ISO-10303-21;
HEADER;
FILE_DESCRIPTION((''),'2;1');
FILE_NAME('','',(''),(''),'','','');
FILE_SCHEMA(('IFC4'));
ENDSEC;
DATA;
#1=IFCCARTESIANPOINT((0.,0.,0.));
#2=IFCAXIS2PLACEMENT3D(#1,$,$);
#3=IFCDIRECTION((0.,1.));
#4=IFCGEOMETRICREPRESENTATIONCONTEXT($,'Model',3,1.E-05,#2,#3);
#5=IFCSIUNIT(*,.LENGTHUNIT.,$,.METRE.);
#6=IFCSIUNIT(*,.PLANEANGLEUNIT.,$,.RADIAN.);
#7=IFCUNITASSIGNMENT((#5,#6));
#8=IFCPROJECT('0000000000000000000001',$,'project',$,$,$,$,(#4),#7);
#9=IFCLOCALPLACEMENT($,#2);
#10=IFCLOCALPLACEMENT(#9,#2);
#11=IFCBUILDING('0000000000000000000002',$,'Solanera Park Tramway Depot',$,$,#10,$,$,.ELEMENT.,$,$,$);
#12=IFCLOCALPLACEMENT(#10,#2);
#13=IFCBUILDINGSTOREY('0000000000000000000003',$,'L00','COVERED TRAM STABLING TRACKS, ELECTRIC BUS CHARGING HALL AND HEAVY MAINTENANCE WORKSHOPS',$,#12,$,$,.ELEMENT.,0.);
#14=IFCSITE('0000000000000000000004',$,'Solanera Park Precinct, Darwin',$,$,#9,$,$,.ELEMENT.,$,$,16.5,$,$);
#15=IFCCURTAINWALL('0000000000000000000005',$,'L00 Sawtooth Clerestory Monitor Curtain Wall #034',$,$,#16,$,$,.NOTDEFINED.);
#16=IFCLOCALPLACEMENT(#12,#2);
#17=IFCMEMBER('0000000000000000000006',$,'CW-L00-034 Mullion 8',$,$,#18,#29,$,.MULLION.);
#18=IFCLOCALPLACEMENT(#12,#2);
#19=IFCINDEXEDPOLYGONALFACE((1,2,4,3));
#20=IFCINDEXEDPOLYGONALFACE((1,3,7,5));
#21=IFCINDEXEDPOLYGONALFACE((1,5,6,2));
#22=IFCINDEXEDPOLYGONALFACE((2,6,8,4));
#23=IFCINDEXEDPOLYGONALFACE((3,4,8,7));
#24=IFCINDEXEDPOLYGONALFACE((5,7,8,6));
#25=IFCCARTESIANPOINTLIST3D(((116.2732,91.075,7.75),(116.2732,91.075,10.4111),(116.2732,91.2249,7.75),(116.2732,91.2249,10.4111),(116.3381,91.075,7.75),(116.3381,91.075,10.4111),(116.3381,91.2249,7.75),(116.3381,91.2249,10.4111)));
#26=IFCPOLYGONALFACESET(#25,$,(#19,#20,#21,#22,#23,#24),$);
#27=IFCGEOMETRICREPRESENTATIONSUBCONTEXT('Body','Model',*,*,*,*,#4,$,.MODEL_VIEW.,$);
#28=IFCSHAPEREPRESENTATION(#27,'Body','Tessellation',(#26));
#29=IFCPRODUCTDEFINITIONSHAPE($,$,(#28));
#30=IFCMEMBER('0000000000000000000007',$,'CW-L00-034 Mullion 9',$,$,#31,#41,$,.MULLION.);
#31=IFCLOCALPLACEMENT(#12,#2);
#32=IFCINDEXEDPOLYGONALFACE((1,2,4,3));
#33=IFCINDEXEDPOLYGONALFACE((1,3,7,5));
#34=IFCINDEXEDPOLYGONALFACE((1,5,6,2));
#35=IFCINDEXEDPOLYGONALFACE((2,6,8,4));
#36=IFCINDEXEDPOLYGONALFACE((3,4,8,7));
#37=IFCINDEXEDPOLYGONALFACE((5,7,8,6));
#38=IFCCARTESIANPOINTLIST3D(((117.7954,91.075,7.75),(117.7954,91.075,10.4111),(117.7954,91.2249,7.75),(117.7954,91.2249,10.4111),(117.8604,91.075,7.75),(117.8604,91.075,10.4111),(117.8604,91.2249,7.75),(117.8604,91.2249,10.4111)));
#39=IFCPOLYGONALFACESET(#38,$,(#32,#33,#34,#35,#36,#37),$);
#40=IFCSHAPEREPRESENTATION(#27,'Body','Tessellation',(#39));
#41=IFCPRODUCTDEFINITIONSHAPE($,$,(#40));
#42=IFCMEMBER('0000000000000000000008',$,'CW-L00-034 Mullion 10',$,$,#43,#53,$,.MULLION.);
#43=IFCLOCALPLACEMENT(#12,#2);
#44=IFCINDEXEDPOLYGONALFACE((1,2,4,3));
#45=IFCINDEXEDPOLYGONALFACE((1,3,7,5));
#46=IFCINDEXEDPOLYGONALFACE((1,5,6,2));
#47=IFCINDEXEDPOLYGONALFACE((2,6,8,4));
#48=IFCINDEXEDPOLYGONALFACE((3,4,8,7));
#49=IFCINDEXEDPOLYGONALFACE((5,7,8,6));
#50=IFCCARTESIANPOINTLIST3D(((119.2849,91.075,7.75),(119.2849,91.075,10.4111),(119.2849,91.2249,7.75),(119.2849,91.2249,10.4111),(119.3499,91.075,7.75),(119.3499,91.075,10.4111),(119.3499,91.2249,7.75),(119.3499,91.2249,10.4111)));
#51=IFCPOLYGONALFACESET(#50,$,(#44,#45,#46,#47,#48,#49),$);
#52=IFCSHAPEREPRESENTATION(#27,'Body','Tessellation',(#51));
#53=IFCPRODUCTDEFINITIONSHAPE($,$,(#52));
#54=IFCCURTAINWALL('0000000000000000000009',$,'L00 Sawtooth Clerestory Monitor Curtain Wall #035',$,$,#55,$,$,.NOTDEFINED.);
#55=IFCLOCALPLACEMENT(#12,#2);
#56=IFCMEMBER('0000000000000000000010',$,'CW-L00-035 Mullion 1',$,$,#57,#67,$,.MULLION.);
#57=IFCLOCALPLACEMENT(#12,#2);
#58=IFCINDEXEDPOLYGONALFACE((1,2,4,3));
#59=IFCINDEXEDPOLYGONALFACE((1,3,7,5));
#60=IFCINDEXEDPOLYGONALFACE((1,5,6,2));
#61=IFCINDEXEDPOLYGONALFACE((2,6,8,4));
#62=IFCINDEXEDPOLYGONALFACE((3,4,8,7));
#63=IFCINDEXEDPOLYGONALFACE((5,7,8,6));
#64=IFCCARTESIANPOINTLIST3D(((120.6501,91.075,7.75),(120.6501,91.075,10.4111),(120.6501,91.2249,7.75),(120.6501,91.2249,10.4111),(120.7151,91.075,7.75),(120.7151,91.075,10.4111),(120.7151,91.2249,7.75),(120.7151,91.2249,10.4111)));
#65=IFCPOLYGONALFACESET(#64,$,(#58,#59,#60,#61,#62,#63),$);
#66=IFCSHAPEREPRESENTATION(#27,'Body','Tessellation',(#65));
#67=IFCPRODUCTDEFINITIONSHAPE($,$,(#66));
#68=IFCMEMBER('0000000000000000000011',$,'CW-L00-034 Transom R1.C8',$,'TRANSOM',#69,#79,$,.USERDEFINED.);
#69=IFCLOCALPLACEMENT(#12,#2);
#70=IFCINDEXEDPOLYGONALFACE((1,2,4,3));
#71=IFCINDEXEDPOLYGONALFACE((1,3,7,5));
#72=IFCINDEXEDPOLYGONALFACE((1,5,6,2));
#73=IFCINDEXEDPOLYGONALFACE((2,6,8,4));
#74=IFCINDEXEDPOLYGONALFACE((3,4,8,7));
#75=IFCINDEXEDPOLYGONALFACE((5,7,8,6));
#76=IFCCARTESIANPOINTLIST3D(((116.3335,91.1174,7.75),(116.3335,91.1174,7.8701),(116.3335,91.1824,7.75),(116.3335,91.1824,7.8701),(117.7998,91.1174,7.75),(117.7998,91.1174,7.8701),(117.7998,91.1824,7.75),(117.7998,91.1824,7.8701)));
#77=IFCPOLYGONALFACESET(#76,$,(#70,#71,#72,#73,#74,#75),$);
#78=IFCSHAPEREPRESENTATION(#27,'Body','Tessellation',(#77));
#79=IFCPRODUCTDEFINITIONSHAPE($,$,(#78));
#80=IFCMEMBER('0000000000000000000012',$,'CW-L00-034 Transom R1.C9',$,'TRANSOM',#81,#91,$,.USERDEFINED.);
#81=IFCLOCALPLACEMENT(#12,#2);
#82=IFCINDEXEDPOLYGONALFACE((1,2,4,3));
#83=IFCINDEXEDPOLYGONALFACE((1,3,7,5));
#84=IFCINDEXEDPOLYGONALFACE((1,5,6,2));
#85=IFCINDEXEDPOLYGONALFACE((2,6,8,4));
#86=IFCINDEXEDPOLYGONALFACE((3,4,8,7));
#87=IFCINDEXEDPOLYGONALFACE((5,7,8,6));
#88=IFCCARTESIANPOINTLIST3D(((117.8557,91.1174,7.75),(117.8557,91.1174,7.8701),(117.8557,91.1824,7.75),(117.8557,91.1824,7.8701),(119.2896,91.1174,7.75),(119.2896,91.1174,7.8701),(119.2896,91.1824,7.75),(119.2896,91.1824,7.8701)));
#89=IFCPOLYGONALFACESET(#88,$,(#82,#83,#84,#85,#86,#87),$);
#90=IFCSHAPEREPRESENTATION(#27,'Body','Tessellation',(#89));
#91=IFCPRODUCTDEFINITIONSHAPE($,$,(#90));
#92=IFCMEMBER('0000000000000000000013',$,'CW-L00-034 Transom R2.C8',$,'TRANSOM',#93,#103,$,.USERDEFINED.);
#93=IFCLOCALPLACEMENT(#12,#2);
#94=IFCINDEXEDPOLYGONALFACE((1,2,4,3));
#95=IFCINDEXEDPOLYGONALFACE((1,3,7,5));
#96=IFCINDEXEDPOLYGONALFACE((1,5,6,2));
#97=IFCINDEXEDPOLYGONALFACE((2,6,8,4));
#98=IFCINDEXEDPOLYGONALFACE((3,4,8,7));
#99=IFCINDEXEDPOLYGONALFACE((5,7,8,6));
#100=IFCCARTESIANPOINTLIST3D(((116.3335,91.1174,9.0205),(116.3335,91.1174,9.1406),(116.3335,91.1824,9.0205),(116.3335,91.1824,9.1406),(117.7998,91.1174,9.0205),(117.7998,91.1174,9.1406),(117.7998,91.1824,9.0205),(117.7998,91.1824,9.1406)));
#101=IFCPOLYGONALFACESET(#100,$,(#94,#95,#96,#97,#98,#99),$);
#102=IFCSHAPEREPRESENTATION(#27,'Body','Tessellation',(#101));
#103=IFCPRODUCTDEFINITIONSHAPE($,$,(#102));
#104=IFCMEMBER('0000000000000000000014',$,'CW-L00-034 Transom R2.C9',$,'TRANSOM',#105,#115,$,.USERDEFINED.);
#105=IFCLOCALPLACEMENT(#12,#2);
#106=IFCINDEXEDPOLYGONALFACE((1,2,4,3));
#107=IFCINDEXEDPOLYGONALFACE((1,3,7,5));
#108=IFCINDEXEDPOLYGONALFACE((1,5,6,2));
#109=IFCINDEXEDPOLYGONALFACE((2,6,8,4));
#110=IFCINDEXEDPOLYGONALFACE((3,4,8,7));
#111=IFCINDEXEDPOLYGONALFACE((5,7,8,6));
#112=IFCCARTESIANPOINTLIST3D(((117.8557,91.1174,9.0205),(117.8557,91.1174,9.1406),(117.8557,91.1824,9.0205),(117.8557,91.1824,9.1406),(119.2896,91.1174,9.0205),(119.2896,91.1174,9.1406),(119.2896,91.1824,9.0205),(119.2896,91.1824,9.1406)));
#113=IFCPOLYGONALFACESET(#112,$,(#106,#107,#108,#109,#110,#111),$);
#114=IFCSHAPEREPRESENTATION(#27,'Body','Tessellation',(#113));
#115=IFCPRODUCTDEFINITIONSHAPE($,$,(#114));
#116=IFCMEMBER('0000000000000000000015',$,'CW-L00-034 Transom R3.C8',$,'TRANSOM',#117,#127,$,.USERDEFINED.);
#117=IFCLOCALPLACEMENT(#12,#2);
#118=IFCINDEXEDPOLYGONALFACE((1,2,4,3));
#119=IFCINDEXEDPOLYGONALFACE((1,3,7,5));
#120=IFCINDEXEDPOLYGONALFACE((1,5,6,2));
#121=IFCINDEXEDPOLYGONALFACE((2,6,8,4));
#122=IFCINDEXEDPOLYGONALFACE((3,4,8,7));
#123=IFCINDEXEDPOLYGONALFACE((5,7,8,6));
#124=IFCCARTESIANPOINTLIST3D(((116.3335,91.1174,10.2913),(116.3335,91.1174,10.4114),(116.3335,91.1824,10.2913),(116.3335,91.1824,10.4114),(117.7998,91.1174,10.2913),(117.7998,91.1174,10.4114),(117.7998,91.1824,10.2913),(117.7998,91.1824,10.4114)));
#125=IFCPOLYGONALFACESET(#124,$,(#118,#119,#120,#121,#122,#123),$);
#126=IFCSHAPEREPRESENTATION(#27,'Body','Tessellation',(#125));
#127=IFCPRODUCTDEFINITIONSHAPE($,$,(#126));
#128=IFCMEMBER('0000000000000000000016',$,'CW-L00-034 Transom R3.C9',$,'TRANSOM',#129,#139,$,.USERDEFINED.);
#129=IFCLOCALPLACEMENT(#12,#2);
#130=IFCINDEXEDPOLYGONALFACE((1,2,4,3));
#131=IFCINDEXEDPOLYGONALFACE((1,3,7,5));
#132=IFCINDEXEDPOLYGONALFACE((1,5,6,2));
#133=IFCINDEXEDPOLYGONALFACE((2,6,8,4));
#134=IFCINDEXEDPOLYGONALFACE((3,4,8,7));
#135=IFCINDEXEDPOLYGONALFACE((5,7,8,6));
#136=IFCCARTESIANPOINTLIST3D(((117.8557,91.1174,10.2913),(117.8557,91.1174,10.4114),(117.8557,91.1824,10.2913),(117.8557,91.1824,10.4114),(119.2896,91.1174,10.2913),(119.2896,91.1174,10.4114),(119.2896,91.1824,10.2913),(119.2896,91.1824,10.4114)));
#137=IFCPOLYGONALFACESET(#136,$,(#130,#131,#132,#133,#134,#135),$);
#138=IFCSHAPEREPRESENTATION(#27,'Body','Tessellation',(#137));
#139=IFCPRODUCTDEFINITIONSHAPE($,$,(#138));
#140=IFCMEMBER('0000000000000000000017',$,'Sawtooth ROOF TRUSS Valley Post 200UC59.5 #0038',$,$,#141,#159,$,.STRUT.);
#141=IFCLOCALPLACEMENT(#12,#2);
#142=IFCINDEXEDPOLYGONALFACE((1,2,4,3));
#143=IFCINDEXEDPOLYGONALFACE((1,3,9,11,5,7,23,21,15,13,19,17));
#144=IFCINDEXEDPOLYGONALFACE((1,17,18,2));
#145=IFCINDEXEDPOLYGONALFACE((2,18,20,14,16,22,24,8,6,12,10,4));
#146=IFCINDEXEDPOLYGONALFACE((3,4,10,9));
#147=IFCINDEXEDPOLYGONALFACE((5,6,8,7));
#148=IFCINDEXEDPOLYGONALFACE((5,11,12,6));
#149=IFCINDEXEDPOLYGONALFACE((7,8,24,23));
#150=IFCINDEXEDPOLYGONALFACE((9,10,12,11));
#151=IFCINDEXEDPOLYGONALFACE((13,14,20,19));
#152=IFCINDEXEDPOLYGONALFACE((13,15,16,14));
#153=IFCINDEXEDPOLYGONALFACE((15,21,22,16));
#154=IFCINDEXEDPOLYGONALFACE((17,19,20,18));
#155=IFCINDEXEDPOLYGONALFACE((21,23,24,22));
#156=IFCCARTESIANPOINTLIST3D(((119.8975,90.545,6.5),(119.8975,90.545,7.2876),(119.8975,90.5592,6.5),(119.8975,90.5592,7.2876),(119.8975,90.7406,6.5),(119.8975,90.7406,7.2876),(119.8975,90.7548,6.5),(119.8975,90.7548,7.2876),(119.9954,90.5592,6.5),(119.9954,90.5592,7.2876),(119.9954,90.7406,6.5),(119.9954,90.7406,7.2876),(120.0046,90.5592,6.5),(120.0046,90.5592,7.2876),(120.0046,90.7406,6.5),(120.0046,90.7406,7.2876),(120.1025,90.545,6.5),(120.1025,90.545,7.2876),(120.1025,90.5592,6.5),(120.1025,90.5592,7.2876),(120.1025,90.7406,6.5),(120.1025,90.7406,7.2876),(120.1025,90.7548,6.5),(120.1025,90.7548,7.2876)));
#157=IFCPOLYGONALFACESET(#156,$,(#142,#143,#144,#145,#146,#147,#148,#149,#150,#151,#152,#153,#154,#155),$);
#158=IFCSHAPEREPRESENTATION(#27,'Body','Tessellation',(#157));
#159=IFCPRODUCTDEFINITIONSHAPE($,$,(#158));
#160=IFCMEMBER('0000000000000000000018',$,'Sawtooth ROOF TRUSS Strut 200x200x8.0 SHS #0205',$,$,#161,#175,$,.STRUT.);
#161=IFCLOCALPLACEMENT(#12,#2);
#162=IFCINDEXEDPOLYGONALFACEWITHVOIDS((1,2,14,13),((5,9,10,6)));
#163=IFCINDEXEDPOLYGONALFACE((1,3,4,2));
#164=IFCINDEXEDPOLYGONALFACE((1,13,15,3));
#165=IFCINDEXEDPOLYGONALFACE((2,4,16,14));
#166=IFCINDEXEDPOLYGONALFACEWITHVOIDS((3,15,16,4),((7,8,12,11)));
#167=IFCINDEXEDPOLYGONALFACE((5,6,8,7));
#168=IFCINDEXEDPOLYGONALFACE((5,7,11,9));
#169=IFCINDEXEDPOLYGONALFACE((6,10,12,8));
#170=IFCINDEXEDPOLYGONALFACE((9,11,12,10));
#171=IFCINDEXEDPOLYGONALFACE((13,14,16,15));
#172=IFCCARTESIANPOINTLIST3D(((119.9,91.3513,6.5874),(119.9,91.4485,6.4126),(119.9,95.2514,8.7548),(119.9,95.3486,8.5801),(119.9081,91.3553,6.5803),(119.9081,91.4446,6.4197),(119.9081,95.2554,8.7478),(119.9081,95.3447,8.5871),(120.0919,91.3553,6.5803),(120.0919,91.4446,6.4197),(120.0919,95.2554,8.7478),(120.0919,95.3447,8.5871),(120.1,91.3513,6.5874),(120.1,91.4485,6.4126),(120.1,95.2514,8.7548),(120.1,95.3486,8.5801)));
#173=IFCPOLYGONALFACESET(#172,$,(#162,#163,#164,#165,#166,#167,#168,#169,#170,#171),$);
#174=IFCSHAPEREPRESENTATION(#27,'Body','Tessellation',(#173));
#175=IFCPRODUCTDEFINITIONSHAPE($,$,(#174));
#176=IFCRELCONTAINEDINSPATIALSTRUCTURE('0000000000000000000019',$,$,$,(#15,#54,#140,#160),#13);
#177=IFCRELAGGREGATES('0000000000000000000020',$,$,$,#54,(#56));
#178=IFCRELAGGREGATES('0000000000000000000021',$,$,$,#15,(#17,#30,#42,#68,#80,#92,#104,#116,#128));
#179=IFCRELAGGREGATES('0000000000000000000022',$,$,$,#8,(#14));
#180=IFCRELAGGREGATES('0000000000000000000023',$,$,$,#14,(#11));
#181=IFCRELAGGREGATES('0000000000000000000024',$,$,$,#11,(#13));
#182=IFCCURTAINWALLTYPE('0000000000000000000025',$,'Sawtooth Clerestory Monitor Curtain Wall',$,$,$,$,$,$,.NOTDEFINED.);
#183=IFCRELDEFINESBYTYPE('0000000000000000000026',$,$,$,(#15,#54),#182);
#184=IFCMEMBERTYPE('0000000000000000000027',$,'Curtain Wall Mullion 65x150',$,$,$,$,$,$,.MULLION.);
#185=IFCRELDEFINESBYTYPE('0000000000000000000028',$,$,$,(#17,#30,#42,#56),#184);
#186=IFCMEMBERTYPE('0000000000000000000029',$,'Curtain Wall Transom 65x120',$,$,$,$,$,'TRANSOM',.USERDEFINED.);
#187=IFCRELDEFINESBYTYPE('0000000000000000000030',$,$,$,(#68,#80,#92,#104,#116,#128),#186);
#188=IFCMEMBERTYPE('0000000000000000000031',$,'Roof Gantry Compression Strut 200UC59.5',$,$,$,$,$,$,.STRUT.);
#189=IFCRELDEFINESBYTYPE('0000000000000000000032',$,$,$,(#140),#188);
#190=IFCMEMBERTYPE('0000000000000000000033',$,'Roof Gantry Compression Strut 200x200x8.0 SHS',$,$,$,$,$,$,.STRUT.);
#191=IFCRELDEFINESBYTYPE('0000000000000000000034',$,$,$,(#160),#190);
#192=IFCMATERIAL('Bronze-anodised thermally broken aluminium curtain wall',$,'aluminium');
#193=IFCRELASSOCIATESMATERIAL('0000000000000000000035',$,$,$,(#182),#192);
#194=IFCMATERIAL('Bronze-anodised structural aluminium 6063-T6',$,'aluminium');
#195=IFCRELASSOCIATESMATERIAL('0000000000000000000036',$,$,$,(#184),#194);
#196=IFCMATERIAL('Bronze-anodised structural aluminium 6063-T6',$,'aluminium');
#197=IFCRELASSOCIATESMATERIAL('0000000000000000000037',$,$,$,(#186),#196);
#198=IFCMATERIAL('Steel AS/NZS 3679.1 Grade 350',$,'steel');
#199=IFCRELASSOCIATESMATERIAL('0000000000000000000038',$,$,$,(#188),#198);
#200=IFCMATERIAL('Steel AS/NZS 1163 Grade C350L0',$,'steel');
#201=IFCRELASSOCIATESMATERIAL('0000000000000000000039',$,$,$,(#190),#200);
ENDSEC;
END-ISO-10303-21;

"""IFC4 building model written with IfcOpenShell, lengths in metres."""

from ifc_helpers import new_model, si_unit, direction, frame, origin, origin_2d, place, context, subcontext, project, spatial, rectangle, hollow_rectangle, i_section, extrude, material, material_profile, profile_set, type_object, element, aggregate, save


model = new_model("IFC4")

# Units and contexts
model_context = context("Model", 3, precision=1e-05, world=origin(), true_north=direction((0.0, 1.0)))
body_context = subcontext(model_context, "Body", "Model", "MODEL_VIEW")
ifc_project = project(units=[si_unit("LENGTHUNIT", "METRE"), si_unit("PLANEANGLEUNIT", "RADIAN")], contexts=[model_context])

# Site, building, storey
site_placement = place(None, origin())
site = spatial("IfcSite", under=ifc_project, at=site_placement, Name="Solanera Park Precinct, Darwin", CompositionType="ELEMENT", RefElevation=16.5)
building_placement = place(site_placement, origin())
building = spatial("IfcBuilding", under=site, at=building_placement, Name="Solanera Park Tramway Depot", CompositionType="ELEMENT")
storey_placement = place(building_placement, origin())
storey = spatial("IfcBuildingStorey", under=building, at=storey_placement, Name="L00", Description="COVERED TRAM STABLING TRACKS, ELECTRIC BUS CHARGING HALL AND HEAVY MAINTENANCE WORKSHOPS", CompositionType="ELEMENT", Elevation=0.0)

# Curtain wall, members
ifc_material_1 = material(Name="Bronze-anodised thermally broken aluminium curtain wall", Category="aluminium")
curtain_wall_type = type_object("IfcCurtainWallType", Name="Sawtooth Clerestory Monitor Curtain Wall", PredefinedType="NOTDEFINED", material=ifc_material_1)
curtain_wall_1_placement = place(storey_placement, origin())
curtain_wall_1 = element("IfcCurtainWall", 1, at=curtain_wall_1_placement, inside=storey, type_object=curtain_wall_type, Name="L00 Sawtooth Clerestory Monitor Curtain Wall #034", PredefinedType="NOTDEFINED")
ifc_material_2 = material(Name="Bronze-anodised structural aluminium 6063-T6", Category="aluminium")
ifc_material_profile_1 = material_profile(ifc_material_2, rectangle(XDim=0.0649, YDim=0.1499, at=origin_2d()), Name="Curtain Wall Mullion 65x150")
ifc_profile_set_1 = profile_set([ifc_material_profile_1], Name="Bronze-anodised structural aluminium 6063-T6")
member_type_1 = type_object("IfcMemberType", Name="Curtain Wall Mullion 65x150", PredefinedType="MULLION", material=ifc_profile_set_1)
member_1_placement = place(storey_placement, frame((116.3057, 91.1499, 7.75), z_axis=(0.0, 0.0, 1.0), x_axis=(1.0, 0.0, 0.0)))
member_1 = element("IfcMember", 2, at=member_1_placement, type_object=member_type_1, Name="CW-L00-034 Mullion 8", PredefinedType="MULLION", context=body_context, shape_type="SweptSolid", body=[
    extrude(rectangle(XDim=0.0649, YDim=0.1499, at=origin_2d()), origin(), (0.0, 0.0, 1.0), 2.6611),
])
member_2_placement = place(storey_placement, frame((117.8279, 91.1499, 7.75), z_axis=(0.0, 0.0, 1.0), x_axis=(1.0, 0.0, 0.0)))
member_2 = element("IfcMember", 3, at=member_2_placement, type_object=member_type_1, Name="CW-L00-034 Mullion 9", PredefinedType="MULLION", context=body_context, shape_type="SweptSolid", body=[
    extrude(rectangle(XDim=0.0649, YDim=0.1499, at=origin_2d()), origin(), (0.0, 0.0, 1.0), 2.6611),
])
member_3_placement = place(storey_placement, frame((119.3174, 91.1499, 7.75), z_axis=(0.0, 0.0, 1.0), x_axis=(1.0, 0.0, 0.0)))
member_3 = element("IfcMember", 4, at=member_3_placement, type_object=member_type_1, Name="CW-L00-034 Mullion 10", PredefinedType="MULLION", context=body_context, shape_type="SweptSolid", body=[
    extrude(rectangle(XDim=0.0649, YDim=0.1499, at=origin_2d()), origin(), (0.0, 0.0, 1.0), 2.6611),
])

# Curtain wall, member
curtain_wall_2_placement = place(storey_placement, origin())
curtain_wall_2 = element("IfcCurtainWall", 5, at=curtain_wall_2_placement, inside=storey, type_object=curtain_wall_type, Name="L00 Sawtooth Clerestory Monitor Curtain Wall #035", PredefinedType="NOTDEFINED")
member_4_placement = place(storey_placement, frame((120.6826, 91.1499, 7.75), z_axis=(0.0, 0.0, 1.0), x_axis=(1.0, 0.0, 0.0)))
member_4 = element("IfcMember", 6, at=member_4_placement, type_object=member_type_1, Name="CW-L00-035 Mullion 1", PredefinedType="MULLION", context=body_context, shape_type="SweptSolid", body=[
    extrude(rectangle(XDim=0.0649, YDim=0.1499, at=origin_2d()), origin(), (0.0, 0.0, 1.0), 2.6611),
])
aggregate(curtain_wall_2, [member_4])

# Members
ifc_material_3 = material(Name="Bronze-anodised structural aluminium 6063-T6", Category="aluminium")
ifc_material_profile_2 = material_profile(ifc_material_3, rectangle(XDim=0.0649, YDim=0.1201, at=origin_2d()), Name="Curtain Wall Transom 65x120")
ifc_profile_set_2 = profile_set([ifc_material_profile_2], Name="Bronze-anodised structural aluminium 6063-T6")
member_type_2 = type_object("IfcMemberType", Name="Curtain Wall Transom 65x120", ElementType="TRANSOM", PredefinedType="USERDEFINED", material=ifc_profile_set_2)
member_5_placement = place(storey_placement, frame((116.3335, 91.1499, 7.8101), z_axis=(1.0, 0.0, 0.0), x_axis=(0.0, 1.0, 0.0)))
member_5 = element("IfcMember", 7, at=member_5_placement, type_object=member_type_2, Name="CW-L00-034 Transom R1.C8", ObjectType="TRANSOM", PredefinedType="USERDEFINED", context=body_context, shape_type="SweptSolid", body=[
    extrude(rectangle(XDim=0.0649, YDim=0.1201, at=origin_2d()), origin(), (0.0, 0.0, 1.0), 1.4663),
])
member_6_placement = place(storey_placement, frame((117.8557, 91.1499, 7.8101), z_axis=(1.0, 0.0, 0.0), x_axis=(0.0, 1.0, 0.0)))
member_6 = element("IfcMember", 8, at=member_6_placement, type_object=member_type_2, Name="CW-L00-034 Transom R1.C9", ObjectType="TRANSOM", PredefinedType="USERDEFINED", context=body_context, shape_type="SweptSolid", body=[
    extrude(rectangle(XDim=0.0649, YDim=0.1201, at=origin_2d()), origin(), (0.0, 0.0, 1.0), 1.4338),
])
member_7_placement = place(storey_placement, frame((116.3335, 91.1499, 9.0806), z_axis=(1.0, 0.0, 0.0), x_axis=(0.0, 1.0, 0.0)))
member_7 = element("IfcMember", 9, at=member_7_placement, type_object=member_type_2, Name="CW-L00-034 Transom R2.C8", ObjectType="TRANSOM", PredefinedType="USERDEFINED", context=body_context, shape_type="SweptSolid", body=[
    extrude(rectangle(XDim=0.0649, YDim=0.1201, at=origin_2d()), origin(), (0.0, 0.0, 1.0), 1.4663),
])
member_8_placement = place(storey_placement, frame((117.8557, 91.1499, 9.0806), z_axis=(1.0, 0.0, 0.0), x_axis=(0.0, 1.0, 0.0)))
member_8 = element("IfcMember", 10, at=member_8_placement, type_object=member_type_2, Name="CW-L00-034 Transom R2.C9", ObjectType="TRANSOM", PredefinedType="USERDEFINED", context=body_context, shape_type="SweptSolid", body=[
    extrude(rectangle(XDim=0.0649, YDim=0.1201, at=origin_2d()), origin(), (0.0, 0.0, 1.0), 1.4338),
])
member_9_placement = place(storey_placement, frame((116.3335, 91.1499, 10.3513), z_axis=(1.0, 0.0, 0.0), x_axis=(0.0, 1.0, 0.0)))
member_9 = element("IfcMember", 11, at=member_9_placement, type_object=member_type_2, Name="CW-L00-034 Transom R3.C8", ObjectType="TRANSOM", PredefinedType="USERDEFINED", context=body_context, shape_type="SweptSolid", body=[
    extrude(rectangle(XDim=0.0649, YDim=0.1201, at=origin_2d()), origin(), (0.0, 0.0, 1.0), 1.4663),
])
member_10_placement = place(storey_placement, frame((117.8557, 91.1499, 10.3513), z_axis=(1.0, 0.0, 0.0), x_axis=(0.0, 1.0, 0.0)))
member_10 = element("IfcMember", 12, at=member_10_placement, type_object=member_type_2, Name="CW-L00-034 Transom R3.C9", ObjectType="TRANSOM", PredefinedType="USERDEFINED", context=body_context, shape_type="SweptSolid", body=[
    extrude(rectangle(XDim=0.0649, YDim=0.1201, at=origin_2d()), origin(), (0.0, 0.0, 1.0), 1.4338),
])

# Members
ifc_material_4 = material(Name="Steel AS/NZS 3679.1 Grade 350", Category="steel")
ifc_material_profile_3 = material_profile(ifc_material_4, i_section(OverallWidth=0.2051, OverallDepth=0.2097, WebThickness=0.0093, FlangeThickness=0.0142, at=origin_2d()), Name="200UC59.5")
ifc_profile_set_3 = profile_set([ifc_material_profile_3], Name="Steel AS/NZS 3679.1 Grade 350")
member_type_3 = type_object("IfcMemberType", Name="Roof Gantry Compression Strut 200UC59.5", PredefinedType="STRUT", material=ifc_profile_set_3)
member_11_placement = place(storey_placement, frame((120.0, 90.6499, 6.5), z_axis=(0.0, 0.0, 1.0), x_axis=(1.0, 0.0, 0.0)))
element("IfcMember", 13, at=member_11_placement, inside=storey, type_object=member_type_3, Name="Sawtooth ROOF TRUSS Valley Post 200UC59.5 #0038", PredefinedType="STRUT", context=body_context, shape_type="SweptSolid", body=[
    extrude(i_section(OverallWidth=0.2051, OverallDepth=0.2097, WebThickness=0.0093, FlangeThickness=0.0142, at=origin_2d()), origin(), (0.0, 0.0, 1.0), 0.7876),
])
ifc_material_5 = material(Name="Steel AS/NZS 1163 Grade C350L0", Category="steel")
ifc_material_profile_4 = material_profile(ifc_material_5, hollow_rectangle(XDim=0.2, YDim=0.2, WallThickness=0.0081, at=origin_2d()), Name="200x200x8.0 SHS")
ifc_profile_set_4 = profile_set([ifc_material_profile_4], Name="Steel AS/NZS 1163 Grade C350L0")
member_type_4 = type_object("IfcMemberType", Name="Roof Gantry Compression Strut 200x200x8.0 SHS", PredefinedType="STRUT", material=ifc_profile_set_4)
member_12_placement = place(storey_placement, frame((120.0, 91.3999, 6.5), z_axis=(0.0, 0.874088, 0.485768), x_axis=(-1.0, 0.0, 0.0)))
element("IfcMember", 14, at=member_12_placement, inside=storey, type_object=member_type_4, Name="Sawtooth ROOF TRUSS Strut 200x200x8.0 SHS #0205", PredefinedType="STRUT", context=body_context, shape_type="SweptSolid", body=[
    extrude(hollow_rectangle(XDim=0.2, YDim=0.2, WallThickness=0.0081, at=origin_2d()), origin(), (0.0, 0.0, 1.0), 4.4619),
])

aggregate(curtain_wall_1, [member_1, member_2, member_3, member_5, member_6, member_7, member_8, member_9, member_10])

save(model, "model.ifc")
